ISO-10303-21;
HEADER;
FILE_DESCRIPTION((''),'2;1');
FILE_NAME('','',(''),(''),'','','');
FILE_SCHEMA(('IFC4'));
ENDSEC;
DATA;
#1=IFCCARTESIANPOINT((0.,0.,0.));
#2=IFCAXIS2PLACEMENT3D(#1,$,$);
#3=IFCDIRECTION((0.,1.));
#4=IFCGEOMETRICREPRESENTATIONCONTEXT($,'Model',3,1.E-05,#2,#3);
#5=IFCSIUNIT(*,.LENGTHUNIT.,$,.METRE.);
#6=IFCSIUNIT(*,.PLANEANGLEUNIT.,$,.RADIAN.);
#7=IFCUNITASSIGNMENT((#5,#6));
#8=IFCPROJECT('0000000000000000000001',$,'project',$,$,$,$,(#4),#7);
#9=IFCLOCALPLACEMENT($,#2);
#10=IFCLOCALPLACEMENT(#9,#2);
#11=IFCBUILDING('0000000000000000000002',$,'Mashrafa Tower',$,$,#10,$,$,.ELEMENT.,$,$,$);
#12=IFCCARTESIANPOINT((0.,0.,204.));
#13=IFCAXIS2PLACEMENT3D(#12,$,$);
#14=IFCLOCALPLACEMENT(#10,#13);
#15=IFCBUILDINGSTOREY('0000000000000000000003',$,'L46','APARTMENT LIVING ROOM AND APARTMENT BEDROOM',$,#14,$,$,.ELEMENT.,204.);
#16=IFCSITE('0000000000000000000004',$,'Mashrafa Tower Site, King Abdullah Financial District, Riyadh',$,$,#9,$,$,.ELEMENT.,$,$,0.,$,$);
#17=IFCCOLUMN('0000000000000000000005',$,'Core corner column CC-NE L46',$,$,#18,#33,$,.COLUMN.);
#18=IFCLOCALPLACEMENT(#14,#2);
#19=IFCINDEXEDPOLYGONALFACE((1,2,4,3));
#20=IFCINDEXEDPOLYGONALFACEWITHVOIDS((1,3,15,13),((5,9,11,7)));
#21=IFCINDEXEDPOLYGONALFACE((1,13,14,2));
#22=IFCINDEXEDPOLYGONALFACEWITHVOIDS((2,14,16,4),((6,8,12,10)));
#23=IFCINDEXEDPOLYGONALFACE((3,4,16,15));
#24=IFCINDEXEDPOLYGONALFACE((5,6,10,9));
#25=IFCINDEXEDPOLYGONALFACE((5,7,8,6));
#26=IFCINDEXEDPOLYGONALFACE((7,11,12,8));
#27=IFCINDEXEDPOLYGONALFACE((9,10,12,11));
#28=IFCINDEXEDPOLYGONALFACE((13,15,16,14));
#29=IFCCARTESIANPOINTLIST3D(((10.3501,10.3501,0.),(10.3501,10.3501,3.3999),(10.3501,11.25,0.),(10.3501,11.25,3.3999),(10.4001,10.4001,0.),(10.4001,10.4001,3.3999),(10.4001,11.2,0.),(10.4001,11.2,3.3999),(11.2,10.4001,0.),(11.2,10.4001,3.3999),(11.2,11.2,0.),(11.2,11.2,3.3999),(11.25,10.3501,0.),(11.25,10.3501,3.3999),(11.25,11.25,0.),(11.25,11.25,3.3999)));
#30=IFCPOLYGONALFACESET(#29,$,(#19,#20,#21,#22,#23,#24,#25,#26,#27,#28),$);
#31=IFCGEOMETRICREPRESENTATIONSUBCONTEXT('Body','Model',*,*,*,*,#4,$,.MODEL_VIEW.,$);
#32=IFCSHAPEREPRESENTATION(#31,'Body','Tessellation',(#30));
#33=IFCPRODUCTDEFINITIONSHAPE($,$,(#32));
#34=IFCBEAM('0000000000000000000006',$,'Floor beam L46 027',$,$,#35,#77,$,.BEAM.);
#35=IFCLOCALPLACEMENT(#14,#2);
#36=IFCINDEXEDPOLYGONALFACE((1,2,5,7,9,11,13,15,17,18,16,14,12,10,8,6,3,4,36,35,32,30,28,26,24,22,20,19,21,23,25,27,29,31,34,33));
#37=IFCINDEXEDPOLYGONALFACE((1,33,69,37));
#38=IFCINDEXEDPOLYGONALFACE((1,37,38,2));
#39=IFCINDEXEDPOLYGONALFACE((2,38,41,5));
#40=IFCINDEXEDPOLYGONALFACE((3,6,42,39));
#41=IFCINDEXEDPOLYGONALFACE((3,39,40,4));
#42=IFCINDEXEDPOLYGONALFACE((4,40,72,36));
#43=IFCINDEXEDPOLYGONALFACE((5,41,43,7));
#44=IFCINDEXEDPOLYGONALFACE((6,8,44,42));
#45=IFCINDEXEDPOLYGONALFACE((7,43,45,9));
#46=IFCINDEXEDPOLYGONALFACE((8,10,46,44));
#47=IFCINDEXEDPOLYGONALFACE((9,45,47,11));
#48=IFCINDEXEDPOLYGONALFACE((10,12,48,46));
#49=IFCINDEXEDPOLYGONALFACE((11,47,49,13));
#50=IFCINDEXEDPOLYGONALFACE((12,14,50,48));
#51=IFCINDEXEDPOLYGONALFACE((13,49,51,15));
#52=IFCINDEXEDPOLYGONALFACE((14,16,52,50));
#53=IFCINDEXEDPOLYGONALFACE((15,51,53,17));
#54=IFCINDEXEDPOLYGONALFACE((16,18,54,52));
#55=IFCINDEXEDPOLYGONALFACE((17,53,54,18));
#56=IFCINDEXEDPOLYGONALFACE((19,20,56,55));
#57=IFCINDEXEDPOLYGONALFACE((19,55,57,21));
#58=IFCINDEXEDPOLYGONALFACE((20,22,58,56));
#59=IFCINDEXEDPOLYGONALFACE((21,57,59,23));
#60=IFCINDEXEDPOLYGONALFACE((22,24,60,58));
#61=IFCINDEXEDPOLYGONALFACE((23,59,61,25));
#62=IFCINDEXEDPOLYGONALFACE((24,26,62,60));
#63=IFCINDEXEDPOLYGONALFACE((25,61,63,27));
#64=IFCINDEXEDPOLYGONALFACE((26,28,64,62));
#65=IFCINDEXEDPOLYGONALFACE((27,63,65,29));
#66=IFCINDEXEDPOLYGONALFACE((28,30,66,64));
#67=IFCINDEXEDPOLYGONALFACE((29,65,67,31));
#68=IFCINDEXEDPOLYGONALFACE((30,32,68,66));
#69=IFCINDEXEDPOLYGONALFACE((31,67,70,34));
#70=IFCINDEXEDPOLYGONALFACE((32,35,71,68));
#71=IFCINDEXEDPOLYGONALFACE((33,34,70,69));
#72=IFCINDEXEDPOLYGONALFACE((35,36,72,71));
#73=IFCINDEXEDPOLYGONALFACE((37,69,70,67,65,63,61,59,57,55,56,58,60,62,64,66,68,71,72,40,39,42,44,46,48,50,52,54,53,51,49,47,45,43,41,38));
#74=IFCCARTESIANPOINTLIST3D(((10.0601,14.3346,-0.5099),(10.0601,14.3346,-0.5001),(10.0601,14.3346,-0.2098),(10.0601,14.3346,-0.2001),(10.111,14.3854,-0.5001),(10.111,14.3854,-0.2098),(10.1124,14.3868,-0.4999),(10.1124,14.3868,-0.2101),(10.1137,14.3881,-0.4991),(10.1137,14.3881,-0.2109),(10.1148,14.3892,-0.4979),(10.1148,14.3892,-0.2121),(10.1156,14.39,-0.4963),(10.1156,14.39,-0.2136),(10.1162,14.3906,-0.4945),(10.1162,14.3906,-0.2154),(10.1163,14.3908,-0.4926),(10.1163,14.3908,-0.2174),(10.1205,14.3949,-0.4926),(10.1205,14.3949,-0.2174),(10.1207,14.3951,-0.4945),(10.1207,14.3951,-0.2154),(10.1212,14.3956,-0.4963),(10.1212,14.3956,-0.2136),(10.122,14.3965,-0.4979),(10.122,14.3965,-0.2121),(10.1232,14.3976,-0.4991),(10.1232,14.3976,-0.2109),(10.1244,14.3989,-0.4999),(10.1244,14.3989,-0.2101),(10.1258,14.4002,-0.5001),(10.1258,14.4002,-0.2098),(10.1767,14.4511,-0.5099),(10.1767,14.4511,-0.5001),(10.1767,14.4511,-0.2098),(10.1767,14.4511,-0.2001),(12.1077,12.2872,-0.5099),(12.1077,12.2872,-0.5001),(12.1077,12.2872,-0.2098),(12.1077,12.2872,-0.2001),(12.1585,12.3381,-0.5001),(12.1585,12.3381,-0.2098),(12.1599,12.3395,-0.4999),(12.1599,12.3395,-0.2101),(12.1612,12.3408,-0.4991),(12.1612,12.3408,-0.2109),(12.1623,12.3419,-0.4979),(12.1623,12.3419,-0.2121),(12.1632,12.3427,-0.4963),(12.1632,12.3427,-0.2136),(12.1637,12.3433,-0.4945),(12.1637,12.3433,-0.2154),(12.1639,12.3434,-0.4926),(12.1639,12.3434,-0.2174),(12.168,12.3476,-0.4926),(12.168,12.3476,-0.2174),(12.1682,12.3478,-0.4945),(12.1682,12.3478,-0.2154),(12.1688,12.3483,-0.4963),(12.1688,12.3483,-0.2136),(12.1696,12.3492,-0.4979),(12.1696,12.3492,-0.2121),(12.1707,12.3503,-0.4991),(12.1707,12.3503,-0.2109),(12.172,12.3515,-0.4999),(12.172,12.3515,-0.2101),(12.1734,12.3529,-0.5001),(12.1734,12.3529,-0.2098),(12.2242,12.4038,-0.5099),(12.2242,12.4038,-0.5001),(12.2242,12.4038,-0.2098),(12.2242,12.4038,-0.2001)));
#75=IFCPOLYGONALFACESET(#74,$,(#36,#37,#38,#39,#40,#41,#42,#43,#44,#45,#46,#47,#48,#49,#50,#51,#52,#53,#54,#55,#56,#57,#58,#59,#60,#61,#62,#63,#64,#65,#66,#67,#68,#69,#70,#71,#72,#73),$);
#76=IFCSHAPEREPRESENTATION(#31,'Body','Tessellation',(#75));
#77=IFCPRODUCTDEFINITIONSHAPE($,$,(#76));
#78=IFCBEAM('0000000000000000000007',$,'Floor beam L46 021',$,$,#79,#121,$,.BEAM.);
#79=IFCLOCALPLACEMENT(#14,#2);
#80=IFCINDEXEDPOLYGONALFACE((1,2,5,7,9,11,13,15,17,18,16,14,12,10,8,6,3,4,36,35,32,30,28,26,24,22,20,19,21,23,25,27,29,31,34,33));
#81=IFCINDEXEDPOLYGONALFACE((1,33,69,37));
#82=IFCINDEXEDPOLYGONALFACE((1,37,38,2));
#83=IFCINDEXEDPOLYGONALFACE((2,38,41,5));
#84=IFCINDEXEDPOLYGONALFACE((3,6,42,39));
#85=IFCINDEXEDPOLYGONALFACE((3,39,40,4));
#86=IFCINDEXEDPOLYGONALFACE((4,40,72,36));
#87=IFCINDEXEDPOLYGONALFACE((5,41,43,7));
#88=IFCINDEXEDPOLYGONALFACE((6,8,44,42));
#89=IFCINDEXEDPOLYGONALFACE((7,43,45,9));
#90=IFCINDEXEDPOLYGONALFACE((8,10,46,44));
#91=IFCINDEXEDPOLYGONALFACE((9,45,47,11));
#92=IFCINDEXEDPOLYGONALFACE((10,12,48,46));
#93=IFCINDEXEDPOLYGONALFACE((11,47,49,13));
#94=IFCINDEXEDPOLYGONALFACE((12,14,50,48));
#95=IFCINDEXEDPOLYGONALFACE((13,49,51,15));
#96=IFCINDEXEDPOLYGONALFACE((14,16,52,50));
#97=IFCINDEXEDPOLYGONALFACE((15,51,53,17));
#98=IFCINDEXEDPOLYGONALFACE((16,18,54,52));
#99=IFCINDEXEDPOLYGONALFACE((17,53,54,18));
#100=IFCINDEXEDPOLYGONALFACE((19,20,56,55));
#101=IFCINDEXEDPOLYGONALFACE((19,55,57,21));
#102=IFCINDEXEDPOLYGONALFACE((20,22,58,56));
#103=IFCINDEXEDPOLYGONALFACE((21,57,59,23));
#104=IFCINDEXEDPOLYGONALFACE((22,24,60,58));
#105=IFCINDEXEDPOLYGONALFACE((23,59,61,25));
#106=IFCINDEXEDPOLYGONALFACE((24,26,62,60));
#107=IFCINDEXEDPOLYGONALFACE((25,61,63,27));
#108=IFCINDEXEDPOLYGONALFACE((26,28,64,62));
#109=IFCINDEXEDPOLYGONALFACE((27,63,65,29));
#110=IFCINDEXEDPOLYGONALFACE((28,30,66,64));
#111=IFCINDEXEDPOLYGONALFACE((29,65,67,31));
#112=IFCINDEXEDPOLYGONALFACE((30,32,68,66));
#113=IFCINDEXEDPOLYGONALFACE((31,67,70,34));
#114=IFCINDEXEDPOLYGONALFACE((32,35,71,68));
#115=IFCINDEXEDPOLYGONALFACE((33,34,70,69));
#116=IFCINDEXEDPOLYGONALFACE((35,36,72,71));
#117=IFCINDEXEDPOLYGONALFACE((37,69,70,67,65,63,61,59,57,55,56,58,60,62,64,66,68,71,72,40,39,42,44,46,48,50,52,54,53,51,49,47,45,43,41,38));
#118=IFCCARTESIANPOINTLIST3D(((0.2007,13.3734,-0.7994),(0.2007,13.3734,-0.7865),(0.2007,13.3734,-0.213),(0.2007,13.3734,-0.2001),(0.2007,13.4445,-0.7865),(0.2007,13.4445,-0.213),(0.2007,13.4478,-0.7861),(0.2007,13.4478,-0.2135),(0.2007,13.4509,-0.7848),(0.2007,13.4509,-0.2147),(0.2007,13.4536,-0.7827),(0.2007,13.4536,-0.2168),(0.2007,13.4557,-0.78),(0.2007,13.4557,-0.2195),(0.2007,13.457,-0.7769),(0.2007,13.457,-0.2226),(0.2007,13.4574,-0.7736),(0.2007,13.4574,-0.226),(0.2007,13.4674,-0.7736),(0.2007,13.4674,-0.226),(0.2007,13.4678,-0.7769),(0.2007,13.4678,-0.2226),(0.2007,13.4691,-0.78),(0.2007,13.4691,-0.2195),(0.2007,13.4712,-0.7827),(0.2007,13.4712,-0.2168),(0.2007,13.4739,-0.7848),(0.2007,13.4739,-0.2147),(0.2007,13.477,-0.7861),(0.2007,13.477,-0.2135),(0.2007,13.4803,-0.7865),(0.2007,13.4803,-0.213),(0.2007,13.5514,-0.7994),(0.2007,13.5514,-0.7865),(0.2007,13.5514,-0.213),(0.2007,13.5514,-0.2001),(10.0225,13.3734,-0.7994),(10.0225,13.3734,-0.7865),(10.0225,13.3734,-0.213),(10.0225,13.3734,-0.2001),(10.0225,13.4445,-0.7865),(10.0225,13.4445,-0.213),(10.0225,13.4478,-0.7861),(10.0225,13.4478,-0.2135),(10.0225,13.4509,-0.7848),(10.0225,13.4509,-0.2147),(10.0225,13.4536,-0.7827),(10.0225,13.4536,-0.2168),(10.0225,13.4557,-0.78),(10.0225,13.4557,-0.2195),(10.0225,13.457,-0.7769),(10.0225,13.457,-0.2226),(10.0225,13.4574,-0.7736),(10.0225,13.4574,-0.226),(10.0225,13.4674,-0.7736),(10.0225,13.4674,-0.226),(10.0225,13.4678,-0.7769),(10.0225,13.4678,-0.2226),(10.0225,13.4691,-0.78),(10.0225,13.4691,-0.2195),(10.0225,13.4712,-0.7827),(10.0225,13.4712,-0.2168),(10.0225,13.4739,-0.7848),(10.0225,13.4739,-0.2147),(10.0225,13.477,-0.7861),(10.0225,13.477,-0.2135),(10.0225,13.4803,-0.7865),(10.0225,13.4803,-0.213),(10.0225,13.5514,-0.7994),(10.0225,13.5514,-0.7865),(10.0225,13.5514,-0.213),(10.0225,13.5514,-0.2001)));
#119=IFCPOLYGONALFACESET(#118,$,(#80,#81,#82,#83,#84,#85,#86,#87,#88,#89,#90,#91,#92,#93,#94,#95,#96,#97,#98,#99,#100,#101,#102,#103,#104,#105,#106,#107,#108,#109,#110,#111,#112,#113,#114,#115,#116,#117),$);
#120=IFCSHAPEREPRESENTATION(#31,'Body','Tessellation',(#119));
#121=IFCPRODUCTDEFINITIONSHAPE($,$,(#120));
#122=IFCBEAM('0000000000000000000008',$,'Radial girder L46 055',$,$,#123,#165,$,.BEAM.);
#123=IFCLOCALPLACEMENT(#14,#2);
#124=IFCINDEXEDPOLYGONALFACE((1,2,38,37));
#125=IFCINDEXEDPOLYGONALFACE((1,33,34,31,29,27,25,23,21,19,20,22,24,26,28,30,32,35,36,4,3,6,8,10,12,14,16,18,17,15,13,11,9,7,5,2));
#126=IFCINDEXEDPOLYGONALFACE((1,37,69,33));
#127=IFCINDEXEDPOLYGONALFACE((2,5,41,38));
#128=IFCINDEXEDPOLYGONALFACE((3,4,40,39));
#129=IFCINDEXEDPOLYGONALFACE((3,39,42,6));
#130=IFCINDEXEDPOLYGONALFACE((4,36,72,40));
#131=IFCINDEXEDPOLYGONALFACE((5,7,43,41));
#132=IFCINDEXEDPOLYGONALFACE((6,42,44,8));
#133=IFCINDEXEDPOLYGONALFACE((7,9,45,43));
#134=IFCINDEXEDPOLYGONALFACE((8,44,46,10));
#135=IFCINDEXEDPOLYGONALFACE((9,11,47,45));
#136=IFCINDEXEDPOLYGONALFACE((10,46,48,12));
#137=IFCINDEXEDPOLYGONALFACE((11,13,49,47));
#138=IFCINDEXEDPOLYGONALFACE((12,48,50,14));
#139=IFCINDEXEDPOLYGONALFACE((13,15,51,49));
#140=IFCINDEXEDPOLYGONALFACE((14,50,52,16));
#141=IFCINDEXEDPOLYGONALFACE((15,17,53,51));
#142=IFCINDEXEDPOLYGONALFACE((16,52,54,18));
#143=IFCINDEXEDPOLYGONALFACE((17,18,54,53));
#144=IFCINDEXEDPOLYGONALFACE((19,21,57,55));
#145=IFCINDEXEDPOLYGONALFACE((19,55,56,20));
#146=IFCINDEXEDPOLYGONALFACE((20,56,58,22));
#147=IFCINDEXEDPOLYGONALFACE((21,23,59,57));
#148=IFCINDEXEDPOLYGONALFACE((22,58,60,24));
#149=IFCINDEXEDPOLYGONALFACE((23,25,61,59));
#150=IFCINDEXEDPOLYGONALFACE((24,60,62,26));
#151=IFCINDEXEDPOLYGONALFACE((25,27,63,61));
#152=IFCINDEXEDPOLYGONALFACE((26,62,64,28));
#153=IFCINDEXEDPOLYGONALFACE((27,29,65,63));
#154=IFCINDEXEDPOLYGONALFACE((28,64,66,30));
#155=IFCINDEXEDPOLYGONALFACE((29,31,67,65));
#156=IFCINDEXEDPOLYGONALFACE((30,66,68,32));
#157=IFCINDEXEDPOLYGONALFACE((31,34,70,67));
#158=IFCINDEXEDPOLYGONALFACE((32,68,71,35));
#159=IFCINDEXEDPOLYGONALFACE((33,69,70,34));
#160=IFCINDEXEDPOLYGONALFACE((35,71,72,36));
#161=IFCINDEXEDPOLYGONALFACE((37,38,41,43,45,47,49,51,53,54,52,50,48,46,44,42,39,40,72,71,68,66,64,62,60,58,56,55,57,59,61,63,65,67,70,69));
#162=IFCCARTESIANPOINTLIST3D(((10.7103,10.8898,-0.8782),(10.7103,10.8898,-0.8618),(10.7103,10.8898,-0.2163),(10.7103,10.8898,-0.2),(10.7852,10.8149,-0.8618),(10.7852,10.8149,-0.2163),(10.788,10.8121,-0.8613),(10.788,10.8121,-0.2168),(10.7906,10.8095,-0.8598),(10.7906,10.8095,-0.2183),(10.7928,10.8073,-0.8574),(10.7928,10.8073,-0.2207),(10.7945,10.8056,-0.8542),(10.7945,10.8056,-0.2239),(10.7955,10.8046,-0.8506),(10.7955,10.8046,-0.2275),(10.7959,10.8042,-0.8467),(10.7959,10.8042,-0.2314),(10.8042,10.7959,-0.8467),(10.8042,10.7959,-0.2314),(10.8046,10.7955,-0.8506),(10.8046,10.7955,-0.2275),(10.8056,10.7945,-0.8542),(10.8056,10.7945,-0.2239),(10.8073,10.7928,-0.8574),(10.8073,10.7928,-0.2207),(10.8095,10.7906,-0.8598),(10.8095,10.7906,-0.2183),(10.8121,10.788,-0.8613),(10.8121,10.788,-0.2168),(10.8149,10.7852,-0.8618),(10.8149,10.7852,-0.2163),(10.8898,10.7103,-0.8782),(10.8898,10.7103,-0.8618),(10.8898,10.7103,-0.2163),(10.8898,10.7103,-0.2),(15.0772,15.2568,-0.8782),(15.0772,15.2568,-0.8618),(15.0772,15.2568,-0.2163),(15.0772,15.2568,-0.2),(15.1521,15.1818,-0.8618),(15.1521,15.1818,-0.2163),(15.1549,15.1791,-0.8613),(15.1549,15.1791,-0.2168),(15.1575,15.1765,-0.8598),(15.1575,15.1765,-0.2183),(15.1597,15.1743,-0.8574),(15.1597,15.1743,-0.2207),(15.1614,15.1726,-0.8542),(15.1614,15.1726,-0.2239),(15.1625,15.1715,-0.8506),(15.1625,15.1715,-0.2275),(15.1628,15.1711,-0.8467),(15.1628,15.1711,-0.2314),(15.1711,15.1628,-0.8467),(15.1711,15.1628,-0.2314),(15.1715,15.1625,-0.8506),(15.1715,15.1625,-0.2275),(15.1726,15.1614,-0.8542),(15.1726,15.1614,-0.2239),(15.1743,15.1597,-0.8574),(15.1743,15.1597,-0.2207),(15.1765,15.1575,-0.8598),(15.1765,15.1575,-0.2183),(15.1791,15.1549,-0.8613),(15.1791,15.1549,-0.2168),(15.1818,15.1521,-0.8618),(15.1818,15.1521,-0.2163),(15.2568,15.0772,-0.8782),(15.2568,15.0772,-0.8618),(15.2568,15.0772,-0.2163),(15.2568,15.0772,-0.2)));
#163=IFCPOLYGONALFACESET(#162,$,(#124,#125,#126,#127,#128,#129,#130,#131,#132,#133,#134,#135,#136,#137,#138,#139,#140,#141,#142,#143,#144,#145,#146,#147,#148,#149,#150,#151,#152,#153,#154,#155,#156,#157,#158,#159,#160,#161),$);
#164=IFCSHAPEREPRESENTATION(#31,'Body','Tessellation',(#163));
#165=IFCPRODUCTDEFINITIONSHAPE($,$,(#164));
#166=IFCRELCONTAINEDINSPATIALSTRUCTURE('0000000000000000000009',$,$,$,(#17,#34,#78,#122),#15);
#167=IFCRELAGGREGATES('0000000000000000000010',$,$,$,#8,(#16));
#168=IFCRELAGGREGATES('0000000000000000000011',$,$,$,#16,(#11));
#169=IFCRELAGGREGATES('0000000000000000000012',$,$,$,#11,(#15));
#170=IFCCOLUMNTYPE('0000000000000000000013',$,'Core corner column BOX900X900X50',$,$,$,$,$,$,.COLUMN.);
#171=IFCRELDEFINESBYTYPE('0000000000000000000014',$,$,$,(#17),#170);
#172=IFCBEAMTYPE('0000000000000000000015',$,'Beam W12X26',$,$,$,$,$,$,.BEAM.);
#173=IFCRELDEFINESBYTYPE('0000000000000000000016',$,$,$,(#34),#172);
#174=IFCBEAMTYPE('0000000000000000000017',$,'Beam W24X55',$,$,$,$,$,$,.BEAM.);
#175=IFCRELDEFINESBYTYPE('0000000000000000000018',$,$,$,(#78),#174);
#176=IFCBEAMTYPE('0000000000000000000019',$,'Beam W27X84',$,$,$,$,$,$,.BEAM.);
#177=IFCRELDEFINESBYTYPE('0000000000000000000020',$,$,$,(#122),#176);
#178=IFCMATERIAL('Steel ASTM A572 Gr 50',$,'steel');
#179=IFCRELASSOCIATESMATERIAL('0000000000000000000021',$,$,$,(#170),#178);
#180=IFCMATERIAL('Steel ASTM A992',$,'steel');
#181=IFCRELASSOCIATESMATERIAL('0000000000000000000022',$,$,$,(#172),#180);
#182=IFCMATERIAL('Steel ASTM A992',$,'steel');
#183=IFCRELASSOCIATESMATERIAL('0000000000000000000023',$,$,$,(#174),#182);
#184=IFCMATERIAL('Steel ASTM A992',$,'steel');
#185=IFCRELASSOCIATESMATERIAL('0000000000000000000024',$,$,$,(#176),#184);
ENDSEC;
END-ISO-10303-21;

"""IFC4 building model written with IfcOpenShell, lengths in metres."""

from ifc_helpers import new_model, si_unit, direction, frame, origin, origin_2d, place, context, subcontext, project, spatial, hollow_rectangle, i_section, extrude, material, material_profile, profile_set, type_object, element, save


model = new_model("IFC4")

# Units and contexts
model_context = context("Model", 3, precision=1e-05, world=origin(), true_north=direction((0.0, 1.0)))
body_context = subcontext(model_context, "Body", "Model", "MODEL_VIEW")
ifc_project = project(units=[si_unit("LENGTHUNIT", "METRE"), si_unit("PLANEANGLEUNIT", "RADIAN")], contexts=[model_context])

# Site, building, storey
site_placement = place(None, origin())
site = spatial("IfcSite", under=ifc_project, at=site_placement, Name="Mashrafa Tower Site, King Abdullah Financial District, Riyadh", CompositionType="ELEMENT", RefElevation=0.0)
building_placement = place(site_placement, origin())
building = spatial("IfcBuilding", under=site, at=building_placement, Name="Mashrafa Tower", CompositionType="ELEMENT")
storey_placement = place(building_placement, frame((0.0, 0.0, 204.0)))
storey = spatial("IfcBuildingStorey", under=building, at=storey_placement, Name="L46", Description="APARTMENT LIVING ROOM AND APARTMENT BEDROOM", CompositionType="ELEMENT", Elevation=204.0)

# Column
ifc_material_1 = material(Name="Steel ASTM A572 Gr 50", Category="steel")
ifc_material_profile_1 = material_profile(ifc_material_1, hollow_rectangle(XDim=0.8999, YDim=0.8999, WallThickness=0.05, at=origin_2d()), Name="BOX900X900X50")
ifc_profile_set_1 = profile_set([ifc_material_profile_1], Name="Steel ASTM A572 Gr 50")
column_type = type_object("IfcColumnType", Name="Core corner column BOX900X900X50", PredefinedType="COLUMN", material=ifc_profile_set_1)
column_placement = place(storey_placement, frame((10.8, 10.8, 0.0), z_axis=(0.0, 0.0, 1.0), x_axis=(1.0, 0.0, 0.0)))
element("IfcColumn", 1, at=column_placement, inside=storey, type_object=column_type, Name="Core corner column CC-NE L46", PredefinedType="COLUMN", context=body_context, shape_type="SweptSolid", body=[
    extrude(hollow_rectangle(XDim=0.8999, YDim=0.8999, WallThickness=0.05, at=origin_2d()), origin(), (0.0, 0.0, 1.0), 3.3999),
])

# Beams
ifc_material_2 = material(Name="Steel ASTM A992", Category="steel")
ifc_material_profile_2 = material_profile(ifc_material_2, i_section(OverallWidth=0.1648, OverallDepth=0.3098, WebThickness=0.0059, FlangeThickness=0.0098, FilletRadius=0.0076, at=origin_2d()), Name="W12X26")
ifc_profile_set_2 = profile_set([ifc_material_profile_2], Name="Steel ASTM A992")
beam_type_1 = type_object("IfcBeamType", Name="Beam W12X26", PredefinedType="BEAM", material=ifc_profile_set_2)
beam_1_placement = place(storey_placement, frame((10.1184, 14.3928, -0.355), z_axis=(0.707149, -0.707065, 0.0), x_axis=(0.707065, 0.707149, 0.0)))
element("IfcBeam", 2, at=beam_1_placement, inside=storey, type_object=beam_type_1, Name="Floor beam L46 027", PredefinedType="BEAM", context=body_context, shape_type="SweptSolid", body=[
    extrude(i_section(OverallWidth=0.1648, OverallDepth=0.3098, WebThickness=0.0059, FlangeThickness=0.0098, FilletRadius=0.0076, at=origin_2d()), origin(), (0.0, 0.0, 1.0), 2.8955),
])
ifc_material_3 = material(Name="Steel ASTM A992", Category="steel")
ifc_material_profile_3 = material_profile(ifc_material_3, i_section(OverallWidth=0.178, OverallDepth=0.5994, WebThickness=0.01, FlangeThickness=0.0129, FilletRadius=0.0129, at=origin_2d()), Name="W24X55")
ifc_profile_set_3 = profile_set([ifc_material_profile_3], Name="Steel ASTM A992")
beam_type_2 = type_object("IfcBeamType", Name="Beam W24X55", PredefinedType="BEAM", material=ifc_profile_set_3)
beam_2_placement = place(storey_placement, frame((0.2007, 13.4624, -0.4998), z_axis=(1.0, 0.0, 0.0), x_axis=(0.0, 1.0, 0.0)))
element("IfcBeam", 3, at=beam_2_placement, inside=storey, type_object=beam_type_2, Name="Floor beam L46 021", PredefinedType="BEAM", context=body_context, shape_type="SweptSolid", body=[
    extrude(i_section(OverallWidth=0.178, OverallDepth=0.5994, WebThickness=0.01, FlangeThickness=0.0129, FilletRadius=0.0129, at=origin_2d()), origin(), (0.0, 0.0, 1.0), 9.8218),
])
ifc_material_4 = material(Name="Steel ASTM A992", Category="steel")
ifc_material_profile_4 = material_profile(ifc_material_4, i_section(OverallWidth=0.2539, OverallDepth=0.6782, WebThickness=0.0117, FlangeThickness=0.0164, FilletRadius=0.0151, at=origin_2d()), Name="W27X84")
ifc_profile_set_4 = profile_set([ifc_material_profile_4], Name="Steel ASTM A992")
beam_type_3 = type_object("IfcBeamType", Name="Beam W27X84", PredefinedType="BEAM", material=ifc_profile_set_4)
beam_3_placement = place(storey_placement, frame((10.8, 10.8, -0.5391), z_axis=(0.707107, 0.707107, 0.0), x_axis=(-0.707107, 0.707107, 0.0)))
element("IfcBeam", 4, at=beam_3_placement, inside=storey, type_object=beam_type_3, Name="Radial girder L46 055", PredefinedType="BEAM", context=body_context, shape_type="SweptSolid", body=[
    extrude(i_section(OverallWidth=0.2539, OverallDepth=0.6782, WebThickness=0.0117, FlangeThickness=0.0164, FilletRadius=0.0151, at=origin_2d()), origin(), (0.0, 0.0, 1.0), 6.1758),
])

save(model, "model.ifc")
